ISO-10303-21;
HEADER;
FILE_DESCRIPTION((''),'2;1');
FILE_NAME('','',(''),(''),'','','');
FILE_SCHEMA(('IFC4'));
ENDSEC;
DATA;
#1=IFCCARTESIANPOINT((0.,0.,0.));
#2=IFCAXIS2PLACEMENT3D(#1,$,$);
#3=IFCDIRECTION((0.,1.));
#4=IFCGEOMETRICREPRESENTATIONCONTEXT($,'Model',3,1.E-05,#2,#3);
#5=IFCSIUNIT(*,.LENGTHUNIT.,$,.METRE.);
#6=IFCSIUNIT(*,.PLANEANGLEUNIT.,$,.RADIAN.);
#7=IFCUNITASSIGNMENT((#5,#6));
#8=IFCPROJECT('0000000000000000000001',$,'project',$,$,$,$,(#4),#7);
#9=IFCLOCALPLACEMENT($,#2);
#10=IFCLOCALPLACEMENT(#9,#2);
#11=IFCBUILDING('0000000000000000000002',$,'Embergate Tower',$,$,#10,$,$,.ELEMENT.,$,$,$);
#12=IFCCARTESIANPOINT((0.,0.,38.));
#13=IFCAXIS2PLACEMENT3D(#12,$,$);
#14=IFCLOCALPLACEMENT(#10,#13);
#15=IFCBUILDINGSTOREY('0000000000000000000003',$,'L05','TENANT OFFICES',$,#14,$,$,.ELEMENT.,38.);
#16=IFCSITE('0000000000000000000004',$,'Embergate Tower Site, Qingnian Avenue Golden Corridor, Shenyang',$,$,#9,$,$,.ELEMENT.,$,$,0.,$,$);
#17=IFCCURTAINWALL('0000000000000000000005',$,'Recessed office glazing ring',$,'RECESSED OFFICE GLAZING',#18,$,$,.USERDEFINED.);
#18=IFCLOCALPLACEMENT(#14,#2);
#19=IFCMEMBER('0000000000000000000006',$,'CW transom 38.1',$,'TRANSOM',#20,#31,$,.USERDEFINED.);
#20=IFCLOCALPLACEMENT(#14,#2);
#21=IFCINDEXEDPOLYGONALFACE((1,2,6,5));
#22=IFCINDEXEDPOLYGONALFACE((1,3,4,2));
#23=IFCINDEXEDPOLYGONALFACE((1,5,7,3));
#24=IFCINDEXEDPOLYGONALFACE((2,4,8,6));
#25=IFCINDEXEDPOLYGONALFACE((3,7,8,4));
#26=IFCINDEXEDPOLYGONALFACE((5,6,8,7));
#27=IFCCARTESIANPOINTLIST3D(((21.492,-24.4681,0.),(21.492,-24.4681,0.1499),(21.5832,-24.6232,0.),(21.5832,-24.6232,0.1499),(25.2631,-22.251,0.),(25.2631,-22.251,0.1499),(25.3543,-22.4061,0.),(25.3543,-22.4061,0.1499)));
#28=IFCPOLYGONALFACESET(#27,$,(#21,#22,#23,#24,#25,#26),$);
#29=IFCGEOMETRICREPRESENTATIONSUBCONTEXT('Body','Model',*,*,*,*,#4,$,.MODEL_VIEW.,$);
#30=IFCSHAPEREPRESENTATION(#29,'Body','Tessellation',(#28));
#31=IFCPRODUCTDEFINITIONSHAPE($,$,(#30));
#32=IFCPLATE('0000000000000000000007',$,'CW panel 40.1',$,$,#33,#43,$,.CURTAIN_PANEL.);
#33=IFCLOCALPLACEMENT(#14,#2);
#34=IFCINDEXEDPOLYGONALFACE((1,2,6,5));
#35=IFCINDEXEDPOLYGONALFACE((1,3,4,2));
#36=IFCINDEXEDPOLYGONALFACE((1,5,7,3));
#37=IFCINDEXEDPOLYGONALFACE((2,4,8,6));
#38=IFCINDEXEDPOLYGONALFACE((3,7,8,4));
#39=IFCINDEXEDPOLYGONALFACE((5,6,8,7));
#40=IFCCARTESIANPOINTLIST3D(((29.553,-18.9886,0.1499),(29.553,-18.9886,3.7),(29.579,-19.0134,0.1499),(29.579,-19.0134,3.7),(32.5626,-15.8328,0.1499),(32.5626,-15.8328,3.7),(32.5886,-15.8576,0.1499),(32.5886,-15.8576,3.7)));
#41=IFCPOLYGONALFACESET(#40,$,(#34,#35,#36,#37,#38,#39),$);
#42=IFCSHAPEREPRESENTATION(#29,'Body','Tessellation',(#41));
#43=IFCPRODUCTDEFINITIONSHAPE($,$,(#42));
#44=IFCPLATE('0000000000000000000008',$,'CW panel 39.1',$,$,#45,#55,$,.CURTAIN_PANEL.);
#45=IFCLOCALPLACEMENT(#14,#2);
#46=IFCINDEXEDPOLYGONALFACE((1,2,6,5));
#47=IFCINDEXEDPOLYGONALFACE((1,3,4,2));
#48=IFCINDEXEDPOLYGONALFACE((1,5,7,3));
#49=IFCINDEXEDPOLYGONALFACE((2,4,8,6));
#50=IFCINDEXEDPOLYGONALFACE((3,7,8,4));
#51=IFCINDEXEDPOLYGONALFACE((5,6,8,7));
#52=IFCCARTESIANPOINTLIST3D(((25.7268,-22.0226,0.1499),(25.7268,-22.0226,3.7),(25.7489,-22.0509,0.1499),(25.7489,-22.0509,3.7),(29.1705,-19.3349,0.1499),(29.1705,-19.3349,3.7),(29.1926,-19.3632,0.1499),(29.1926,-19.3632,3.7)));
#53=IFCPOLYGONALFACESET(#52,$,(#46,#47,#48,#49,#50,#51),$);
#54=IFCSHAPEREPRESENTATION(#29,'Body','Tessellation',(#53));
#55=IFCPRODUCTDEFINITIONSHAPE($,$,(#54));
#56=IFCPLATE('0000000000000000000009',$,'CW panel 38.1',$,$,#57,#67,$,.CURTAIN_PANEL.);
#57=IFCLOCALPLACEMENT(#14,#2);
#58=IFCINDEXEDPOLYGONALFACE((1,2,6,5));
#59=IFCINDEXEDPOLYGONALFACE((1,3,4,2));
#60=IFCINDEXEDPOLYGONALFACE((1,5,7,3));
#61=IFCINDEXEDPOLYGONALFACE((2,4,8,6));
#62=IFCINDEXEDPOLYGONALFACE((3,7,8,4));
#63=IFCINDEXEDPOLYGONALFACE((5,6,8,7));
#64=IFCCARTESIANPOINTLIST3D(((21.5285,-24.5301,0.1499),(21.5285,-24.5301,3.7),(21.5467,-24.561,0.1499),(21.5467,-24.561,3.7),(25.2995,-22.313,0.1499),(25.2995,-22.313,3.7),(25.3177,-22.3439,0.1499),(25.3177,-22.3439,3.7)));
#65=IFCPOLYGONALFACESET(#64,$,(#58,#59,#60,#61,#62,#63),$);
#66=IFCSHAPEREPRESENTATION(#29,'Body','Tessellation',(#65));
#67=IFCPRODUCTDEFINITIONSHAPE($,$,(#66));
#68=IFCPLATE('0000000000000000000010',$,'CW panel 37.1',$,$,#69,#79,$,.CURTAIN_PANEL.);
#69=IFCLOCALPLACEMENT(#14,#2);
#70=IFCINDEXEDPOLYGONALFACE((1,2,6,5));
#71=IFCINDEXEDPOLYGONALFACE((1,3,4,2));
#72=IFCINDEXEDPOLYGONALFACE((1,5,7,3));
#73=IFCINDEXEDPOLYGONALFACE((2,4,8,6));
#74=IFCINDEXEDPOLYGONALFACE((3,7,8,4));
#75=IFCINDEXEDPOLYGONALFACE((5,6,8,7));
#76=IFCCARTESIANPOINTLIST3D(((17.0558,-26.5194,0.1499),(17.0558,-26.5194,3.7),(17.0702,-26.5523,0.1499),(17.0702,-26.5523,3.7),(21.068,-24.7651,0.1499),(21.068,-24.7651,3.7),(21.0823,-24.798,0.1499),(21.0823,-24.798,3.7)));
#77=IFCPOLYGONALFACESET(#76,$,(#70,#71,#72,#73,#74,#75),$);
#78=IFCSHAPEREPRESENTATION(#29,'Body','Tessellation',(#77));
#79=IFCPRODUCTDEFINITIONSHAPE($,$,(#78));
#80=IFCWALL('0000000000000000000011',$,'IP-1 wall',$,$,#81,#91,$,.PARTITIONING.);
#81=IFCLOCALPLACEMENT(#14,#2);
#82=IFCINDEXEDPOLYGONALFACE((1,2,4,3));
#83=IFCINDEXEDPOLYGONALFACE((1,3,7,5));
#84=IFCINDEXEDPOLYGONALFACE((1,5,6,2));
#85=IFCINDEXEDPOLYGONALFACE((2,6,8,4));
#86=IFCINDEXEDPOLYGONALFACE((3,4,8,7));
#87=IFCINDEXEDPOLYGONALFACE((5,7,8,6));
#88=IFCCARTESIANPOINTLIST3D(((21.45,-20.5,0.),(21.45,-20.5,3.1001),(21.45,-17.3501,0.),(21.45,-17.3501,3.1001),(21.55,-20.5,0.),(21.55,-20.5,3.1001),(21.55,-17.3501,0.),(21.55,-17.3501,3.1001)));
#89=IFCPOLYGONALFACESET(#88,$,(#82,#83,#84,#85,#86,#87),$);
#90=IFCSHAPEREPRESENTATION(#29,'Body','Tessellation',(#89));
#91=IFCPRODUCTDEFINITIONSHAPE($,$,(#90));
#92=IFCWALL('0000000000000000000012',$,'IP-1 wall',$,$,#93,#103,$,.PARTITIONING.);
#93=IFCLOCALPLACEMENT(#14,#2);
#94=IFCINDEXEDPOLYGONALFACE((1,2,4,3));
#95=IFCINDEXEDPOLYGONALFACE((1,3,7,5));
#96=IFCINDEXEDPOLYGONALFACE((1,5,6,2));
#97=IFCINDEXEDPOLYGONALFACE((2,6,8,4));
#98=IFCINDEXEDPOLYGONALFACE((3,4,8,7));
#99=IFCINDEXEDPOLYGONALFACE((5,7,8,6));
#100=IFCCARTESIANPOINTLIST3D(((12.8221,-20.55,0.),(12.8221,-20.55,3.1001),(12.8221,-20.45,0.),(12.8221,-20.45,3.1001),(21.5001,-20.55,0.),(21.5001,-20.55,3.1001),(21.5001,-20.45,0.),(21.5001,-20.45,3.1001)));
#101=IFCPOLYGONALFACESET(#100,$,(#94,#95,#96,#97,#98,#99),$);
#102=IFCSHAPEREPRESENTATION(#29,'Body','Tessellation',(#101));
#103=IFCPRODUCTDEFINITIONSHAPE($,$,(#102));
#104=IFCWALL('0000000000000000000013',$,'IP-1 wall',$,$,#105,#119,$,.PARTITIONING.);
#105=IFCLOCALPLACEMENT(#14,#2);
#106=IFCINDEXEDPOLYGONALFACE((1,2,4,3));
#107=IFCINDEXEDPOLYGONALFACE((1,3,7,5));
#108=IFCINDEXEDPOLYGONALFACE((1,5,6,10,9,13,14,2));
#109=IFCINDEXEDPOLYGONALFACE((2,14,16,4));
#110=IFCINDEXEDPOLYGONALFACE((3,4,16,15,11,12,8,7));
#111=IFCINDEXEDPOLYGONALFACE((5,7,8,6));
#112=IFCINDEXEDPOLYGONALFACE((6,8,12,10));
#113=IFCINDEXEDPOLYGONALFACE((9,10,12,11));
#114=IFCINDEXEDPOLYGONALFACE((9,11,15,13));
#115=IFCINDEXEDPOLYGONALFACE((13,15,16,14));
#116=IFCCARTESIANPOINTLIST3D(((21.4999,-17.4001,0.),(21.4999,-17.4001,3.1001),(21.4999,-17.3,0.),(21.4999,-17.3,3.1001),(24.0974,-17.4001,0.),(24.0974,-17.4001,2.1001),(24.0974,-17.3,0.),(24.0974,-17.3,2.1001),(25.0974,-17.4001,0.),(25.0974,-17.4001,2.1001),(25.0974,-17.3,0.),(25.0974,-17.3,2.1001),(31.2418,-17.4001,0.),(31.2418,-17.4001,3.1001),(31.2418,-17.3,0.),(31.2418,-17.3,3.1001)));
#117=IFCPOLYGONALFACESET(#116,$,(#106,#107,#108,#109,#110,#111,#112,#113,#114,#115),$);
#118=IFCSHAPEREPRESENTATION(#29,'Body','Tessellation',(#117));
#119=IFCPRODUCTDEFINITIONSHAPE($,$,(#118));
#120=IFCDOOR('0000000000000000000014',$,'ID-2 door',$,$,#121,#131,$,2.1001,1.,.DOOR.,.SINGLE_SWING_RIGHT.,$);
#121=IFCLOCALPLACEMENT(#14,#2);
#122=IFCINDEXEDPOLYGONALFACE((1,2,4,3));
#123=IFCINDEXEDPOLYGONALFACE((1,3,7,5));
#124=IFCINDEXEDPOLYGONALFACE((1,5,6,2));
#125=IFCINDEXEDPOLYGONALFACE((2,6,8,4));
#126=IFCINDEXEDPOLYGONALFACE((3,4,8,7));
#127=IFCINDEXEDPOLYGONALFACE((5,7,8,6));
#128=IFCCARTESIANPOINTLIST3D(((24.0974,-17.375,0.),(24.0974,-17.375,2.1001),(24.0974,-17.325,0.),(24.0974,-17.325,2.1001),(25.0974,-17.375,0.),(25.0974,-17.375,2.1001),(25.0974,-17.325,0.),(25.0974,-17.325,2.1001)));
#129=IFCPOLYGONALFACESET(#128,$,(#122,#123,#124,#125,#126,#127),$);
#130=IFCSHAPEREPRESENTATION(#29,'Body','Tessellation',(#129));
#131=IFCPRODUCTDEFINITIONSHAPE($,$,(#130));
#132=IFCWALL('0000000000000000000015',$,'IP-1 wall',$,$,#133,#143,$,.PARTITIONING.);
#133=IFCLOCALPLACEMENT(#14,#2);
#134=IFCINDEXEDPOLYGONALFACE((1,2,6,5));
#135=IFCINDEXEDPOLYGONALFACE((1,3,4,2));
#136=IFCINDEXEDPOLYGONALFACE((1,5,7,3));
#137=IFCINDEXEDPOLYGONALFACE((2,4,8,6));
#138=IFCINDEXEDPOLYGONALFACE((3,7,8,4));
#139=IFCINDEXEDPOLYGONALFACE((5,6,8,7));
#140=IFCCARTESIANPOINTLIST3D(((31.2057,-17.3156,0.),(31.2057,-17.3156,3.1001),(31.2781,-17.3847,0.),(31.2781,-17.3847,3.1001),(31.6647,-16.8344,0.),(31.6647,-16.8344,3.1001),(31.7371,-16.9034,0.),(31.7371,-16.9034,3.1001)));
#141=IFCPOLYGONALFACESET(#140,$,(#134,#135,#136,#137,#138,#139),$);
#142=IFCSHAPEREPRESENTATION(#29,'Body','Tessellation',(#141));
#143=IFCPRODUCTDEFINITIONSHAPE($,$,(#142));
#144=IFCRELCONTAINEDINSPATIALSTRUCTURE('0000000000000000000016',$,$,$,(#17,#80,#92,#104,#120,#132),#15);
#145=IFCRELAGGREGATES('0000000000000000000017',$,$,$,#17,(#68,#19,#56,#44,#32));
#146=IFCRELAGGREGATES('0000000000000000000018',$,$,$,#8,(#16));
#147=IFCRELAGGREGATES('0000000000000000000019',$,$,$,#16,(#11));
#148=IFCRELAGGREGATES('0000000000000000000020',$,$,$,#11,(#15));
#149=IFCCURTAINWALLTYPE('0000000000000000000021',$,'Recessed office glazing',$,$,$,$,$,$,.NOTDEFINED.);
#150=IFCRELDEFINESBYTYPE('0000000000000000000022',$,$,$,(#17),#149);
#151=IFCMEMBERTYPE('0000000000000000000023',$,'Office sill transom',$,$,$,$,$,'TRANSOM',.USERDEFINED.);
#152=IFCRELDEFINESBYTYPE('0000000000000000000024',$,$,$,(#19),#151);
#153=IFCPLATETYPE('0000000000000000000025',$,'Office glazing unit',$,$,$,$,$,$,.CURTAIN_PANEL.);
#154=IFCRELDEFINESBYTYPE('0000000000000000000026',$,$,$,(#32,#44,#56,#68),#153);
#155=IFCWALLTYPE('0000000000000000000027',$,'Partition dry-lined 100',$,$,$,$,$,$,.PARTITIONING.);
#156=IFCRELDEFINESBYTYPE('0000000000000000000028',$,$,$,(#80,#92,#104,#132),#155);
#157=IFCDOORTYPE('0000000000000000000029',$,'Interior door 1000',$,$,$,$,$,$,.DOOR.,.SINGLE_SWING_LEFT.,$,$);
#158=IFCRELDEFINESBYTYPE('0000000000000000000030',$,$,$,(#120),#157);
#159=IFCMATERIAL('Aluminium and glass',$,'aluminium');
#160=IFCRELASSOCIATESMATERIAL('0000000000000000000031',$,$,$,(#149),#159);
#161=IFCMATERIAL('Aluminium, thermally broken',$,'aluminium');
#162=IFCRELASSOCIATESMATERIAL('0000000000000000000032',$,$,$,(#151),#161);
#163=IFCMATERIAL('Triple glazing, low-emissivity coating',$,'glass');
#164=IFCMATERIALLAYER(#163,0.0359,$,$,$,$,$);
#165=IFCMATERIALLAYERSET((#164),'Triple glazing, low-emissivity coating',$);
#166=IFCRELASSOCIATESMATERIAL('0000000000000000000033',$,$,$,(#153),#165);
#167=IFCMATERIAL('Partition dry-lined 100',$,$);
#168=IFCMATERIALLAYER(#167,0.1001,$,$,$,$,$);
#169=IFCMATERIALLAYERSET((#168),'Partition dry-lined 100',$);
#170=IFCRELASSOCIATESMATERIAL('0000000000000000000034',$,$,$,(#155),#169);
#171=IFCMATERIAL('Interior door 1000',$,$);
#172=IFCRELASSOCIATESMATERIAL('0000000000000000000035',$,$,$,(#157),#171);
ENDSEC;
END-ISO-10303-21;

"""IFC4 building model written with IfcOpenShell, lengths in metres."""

from ifc_helpers import new_model, si_unit, direction, frame, frame_2d, origin, origin_2d, place, context, subcontext, project, spatial, rectangle, extrude, source, transform, mapped, material, layer, layer_set, material_profile, profile_set, type_object, element, fill, aggregate, save


model = new_model("IFC4")

# Units and contexts
model_context = context("Model", 3, precision=1e-05, world=origin(), true_north=direction((0.0, 1.0)))
body_context = subcontext(model_context, "Body", "Model", "MODEL_VIEW")
ifc_project = project(units=[si_unit("LENGTHUNIT", "METRE"), si_unit("PLANEANGLEUNIT", "RADIAN")], contexts=[model_context])

# Site, building, storey
site_placement = place(None, origin())
site = spatial("IfcSite", under=ifc_project, at=site_placement, Name="Embergate Tower Site, Qingnian Avenue Golden Corridor, Shenyang", CompositionType="ELEMENT", RefElevation=0.0)
building_placement = place(site_placement, origin())
building = spatial("IfcBuilding", under=site, at=building_placement, Name="Embergate Tower", CompositionType="ELEMENT")
storey_placement = place(building_placement, frame((0.0, 0.0, 38.0)))
storey = spatial("IfcBuildingStorey", under=building, at=storey_placement, Name="L05", Description="TENANT OFFICES", CompositionType="ELEMENT", Elevation=38.0)

# Curtain wall, member, plates
ifc_material_1 = material(Name="Aluminium and glass", Category="aluminium")
curtain_wall_type = type_object("IfcCurtainWallType", Name="Recessed office glazing", PredefinedType="NOTDEFINED", material=ifc_material_1)
curtain_wall_placement = place(storey_placement, origin())
curtain_wall = element("IfcCurtainWall", 1, at=curtain_wall_placement, inside=storey, type_object=curtain_wall_type, Name="Recessed office glazing ring", ObjectType="RECESSED OFFICE GLAZING", PredefinedType="USERDEFINED")
ifc_material_2 = material(Name="Aluminium, thermally broken", Category="aluminium")
ifc_material_profile_1 = material_profile(ifc_material_2, rectangle(XDim=0.1799, YDim=0.1499, at=origin_2d()), Name="AL 150x180")
ifc_profile_set_1 = profile_set([ifc_material_profile_1], Name="Aluminium, thermally broken")
member_type_1 = type_object("IfcMemberType", Name="Office sill transom", ElementType="TRANSOM", PredefinedType="USERDEFINED", material=ifc_profile_set_1)
shared_shape_1 = source(origin(), body_context, "Body", "SweptSolid", [
    extrude(rectangle(XDim=0.1799, YDim=0.1499, at=origin_2d()), origin(), (0.0, 0.0, 1.0), 4.3745),
])
member_1_placement = place(storey_placement, frame((21.5376, -24.5457, 0.075), z_axis=(0.862053, 0.506818, 0.0), x_axis=(-0.506818, 0.862053, 0.0)))
member_1 = element("IfcMember", 2, at=member_1_placement, type_object=member_type_1, Name="CW transom 38.1", ObjectType="TRANSOM", PredefinedType="USERDEFINED", context=body_context, shape_type="MappedRepresentation", body=[
    mapped(shared_shape_1, transform((0.0, 0.0, 0.0))),
])
ifc_material_3 = material(Name="Triple glazing, low-emissivity coating", Category="glass")
ifc_layer_1 = layer(ifc_material_3, 0.0359)
ifc_layer_set_1 = layer_set([ifc_layer_1], Name="Triple glazing, low-emissivity coating")
plate_type = type_object("IfcPlateType", Name="Office glazing unit", PredefinedType="CURTAIN_PANEL", material=ifc_layer_set_1)
shared_shape_2 = source(origin(), body_context, "Body", "SweptSolid", [
    extrude(rectangle(XDim=4.3608, YDim=0.0359, at=origin_2d()), origin(), (0.0, 0.0, 1.0), 3.55),
])
plate_1_placement = place(storey_placement, frame((31.0708, -17.4231, 0.1499), z_axis=(0.0, 0.0, 1.0), x_axis=(0.690136, 0.723679, 0.0)))
plate_1 = element("IfcPlate", 3, at=plate_1_placement, type_object=plate_type, Name="CW panel 40.1", PredefinedType="CURTAIN_PANEL", context=body_context, shape_type="MappedRepresentation", body=[
    mapped(shared_shape_2, transform((0.0, 0.0, 0.0))),
])
shared_shape_3 = source(origin(), body_context, "Body", "SweptSolid", [
    extrude(rectangle(XDim=4.3684, YDim=0.0359, at=origin_2d()), origin(), (0.0, 0.0, 1.0), 3.55),
])
plate_2_placement = place(storey_placement, frame((27.4597, -20.6929, 0.1499), z_axis=(0.0, 0.0, 1.0), x_axis=(0.788322, 0.615263, 0.0)))
plate_2 = element("IfcPlate", 4, at=plate_2_placement, type_object=plate_type, Name="CW panel 39.1", PredefinedType="CURTAIN_PANEL", context=body_context, shape_type="MappedRepresentation", body=[
    mapped(shared_shape_3, transform((0.0, 0.0, 0.0))),
])
shared_shape_4 = source(origin(), body_context, "Body", "SweptSolid", [
    extrude(rectangle(XDim=4.3745, YDim=0.0359, at=origin_2d()), origin(), (0.0, 0.0, 1.0), 3.55),
])
plate_3_placement = place(storey_placement, frame((23.4231, -23.437, 0.1499), z_axis=(0.0, 0.0, 1.0), x_axis=(0.862054, 0.506816, 0.0)))
plate_3 = element("IfcPlate", 5, at=plate_3_placement, type_object=plate_type, Name="CW panel 38.1", PredefinedType="CURTAIN_PANEL", context=body_context, shape_type="MappedRepresentation", body=[
    mapped(shared_shape_4, transform((0.0, 0.0, 0.0))),
])
shared_shape_5 = source(origin(), body_context, "Body", "SweptSolid", [
    extrude(rectangle(XDim=4.3789, YDim=0.0359, at=origin_2d()), origin(), (0.0, 0.0, 1.0), 3.55),
])
plate_4_placement = place(storey_placement, frame((19.0691, -25.6587, 0.1499), z_axis=(0.0, 0.0, 1.0), x_axis=(0.916237, 0.400637, 0.0)))
plate_4 = element("IfcPlate", 6, at=plate_4_placement, type_object=plate_type, Name="CW panel 37.1", PredefinedType="CURTAIN_PANEL", context=body_context, shape_type="MappedRepresentation", body=[
    mapped(shared_shape_5, transform((0.0, 0.0, 0.0))),
])
aggregate(curtain_wall, [plate_4, member_1, plate_3, plate_2, plate_1])

# Walls
ifc_material_4 = material(Name="Partition dry-lined 100")
ifc_layer_2 = layer(ifc_material_4, 0.1001)
ifc_layer_set_2 = layer_set([ifc_layer_2], Name="Partition dry-lined 100")
wall_type = type_object("IfcWallType", Name="Partition dry-lined 100", PredefinedType="PARTITIONING", material=ifc_layer_set_2)
shared_shape_6 = source(origin(), body_context, "Body", "SweptSolid", [
    extrude(rectangle(XDim=3.1499, YDim=0.1001, at=frame_2d((1.575, 0.0))), origin(), (0.0, 0.0, 1.0), 3.1001),
])
wall_1_placement = place(storey_placement, frame((21.5, -17.3501, 0.0), z_axis=(0.0, 0.0, 1.0), x_axis=(0.0, -1.0, 0.0)))
element("IfcWall", 7, at=wall_1_placement, inside=storey, type_object=wall_type, Name="IP-1 wall", PredefinedType="PARTITIONING", context=body_context, shape_type="MappedRepresentation", body=[
    mapped(shared_shape_6, transform((0.0, 0.0, 0.0))),
])
shared_shape_7 = source(origin(), body_context, "Body", "SweptSolid", [
    extrude(rectangle(XDim=8.678, YDim=0.1001, at=frame_2d((4.3389, 0.0))), origin(), (0.0, 0.0, 1.0), 3.1001),
])
wall_2_placement = place(storey_placement, frame((21.5, -20.5, 0.0), z_axis=(0.0, 0.0, 1.0), x_axis=(-1.0, 0.0, 0.0)))
element("IfcWall", 8, at=wall_2_placement, inside=storey, type_object=wall_type, Name="IP-1 wall", PredefinedType="PARTITIONING", context=body_context, shape_type="MappedRepresentation", body=[
    mapped(shared_shape_7, transform((0.0, 0.0, 0.0))),
])

# Wall, opening, door
shared_shape_8 = source(origin(), body_context, "Body", "SweptSolid", [
    extrude(rectangle(XDim=9.7419, YDim=0.1001, at=frame_2d((4.8711, 0.0))), origin(), (0.0, 0.0, 1.0), 3.1001),
])
wall_3_placement = place(storey_placement, frame((31.2419, -17.3501, 0.0), z_axis=(0.0, 0.0, 1.0), x_axis=(-1.0, 0.0, 0.0)))
wall_3 = element("IfcWall", 9, at=wall_3_placement, inside=storey, type_object=wall_type, Name="IP-1 wall", PredefinedType="PARTITIONING", context=body_context, shape_type="MappedRepresentation", body=[
    mapped(shared_shape_8, transform((0.0, 0.0, 0.0))),
])
shared_shape_9 = source(origin(), body_context, "Body", "SweptSolid", [
    extrude(rectangle(XDim=1.0, YDim=2.1001, at=frame_2d((0.5, 1.05))), frame((0.0, 0.0601, 0.0), z_axis=(0.0, -1.0, 0.0), x_axis=(1.0, 0.0, 0.0)), (0.0, 0.0, 1.0), 0.1201),
])
opening_placement = place(wall_3_placement, frame((6.1445, 0.0, 0.0)))
opening = element("IfcOpeningElement", 10, at=opening_placement, cuts=wall_3, PredefinedType="OPENING", context=body_context, shape_type="MappedRepresentation", body=[
    mapped(shared_shape_9, transform((0.0, 0.0, 0.0))),
])
ifc_material_5 = material(Name="Interior door 1000")
door_type = type_object("IfcDoorType", Name="Interior door 1000", OperationType="SINGLE_SWING_LEFT", PredefinedType="DOOR", material=ifc_material_5)
shared_shape_10 = source(origin(), body_context, "Body", "SweptSolid", [
    extrude(rectangle(XDim=1.0, YDim=2.1001, at=frame_2d((0.5, 1.05))), frame((0.0, 0.0249, 0.0), z_axis=(0.0, -1.0, 0.0), x_axis=(1.0, 0.0, 0.0)), (0.0, 0.0, 1.0), 0.05),
])
door_placement = place(opening_placement, origin())
door = element("IfcDoor", 11, at=door_placement, inside=storey, type_object=door_type, Name="ID-2 door", OperationType="SINGLE_SWING_RIGHT", OverallHeight=2.1001, OverallWidth=1.0, PredefinedType="DOOR", context=body_context, shape_type="MappedRepresentation", body=[
    mapped(shared_shape_10, transform((0.0, 0.0, 0.0))),
])
fill(opening, door)

# Wall
shared_shape_11 = source(origin(), body_context, "Body", "SweptSolid", [
    extrude(rectangle(XDim=0.665, YDim=0.1001, at=frame_2d((0.3325, 0.0))), origin(), (0.0, 0.0, 1.0), 3.1001),
])
wall_4_placement = place(storey_placement, frame((31.7009, -16.8689, 0.0), z_axis=(0.0, 0.0, 1.0), x_axis=(-0.690205, -0.723614, 0.0)))
element("IfcWall", 12, at=wall_4_placement, inside=storey, type_object=wall_type, Name="IP-1 wall", PredefinedType="PARTITIONING", context=body_context, shape_type="MappedRepresentation", body=[
    mapped(shared_shape_11, transform((0.0, 0.0, 0.0))),
])

save(model, "model.ifc")
